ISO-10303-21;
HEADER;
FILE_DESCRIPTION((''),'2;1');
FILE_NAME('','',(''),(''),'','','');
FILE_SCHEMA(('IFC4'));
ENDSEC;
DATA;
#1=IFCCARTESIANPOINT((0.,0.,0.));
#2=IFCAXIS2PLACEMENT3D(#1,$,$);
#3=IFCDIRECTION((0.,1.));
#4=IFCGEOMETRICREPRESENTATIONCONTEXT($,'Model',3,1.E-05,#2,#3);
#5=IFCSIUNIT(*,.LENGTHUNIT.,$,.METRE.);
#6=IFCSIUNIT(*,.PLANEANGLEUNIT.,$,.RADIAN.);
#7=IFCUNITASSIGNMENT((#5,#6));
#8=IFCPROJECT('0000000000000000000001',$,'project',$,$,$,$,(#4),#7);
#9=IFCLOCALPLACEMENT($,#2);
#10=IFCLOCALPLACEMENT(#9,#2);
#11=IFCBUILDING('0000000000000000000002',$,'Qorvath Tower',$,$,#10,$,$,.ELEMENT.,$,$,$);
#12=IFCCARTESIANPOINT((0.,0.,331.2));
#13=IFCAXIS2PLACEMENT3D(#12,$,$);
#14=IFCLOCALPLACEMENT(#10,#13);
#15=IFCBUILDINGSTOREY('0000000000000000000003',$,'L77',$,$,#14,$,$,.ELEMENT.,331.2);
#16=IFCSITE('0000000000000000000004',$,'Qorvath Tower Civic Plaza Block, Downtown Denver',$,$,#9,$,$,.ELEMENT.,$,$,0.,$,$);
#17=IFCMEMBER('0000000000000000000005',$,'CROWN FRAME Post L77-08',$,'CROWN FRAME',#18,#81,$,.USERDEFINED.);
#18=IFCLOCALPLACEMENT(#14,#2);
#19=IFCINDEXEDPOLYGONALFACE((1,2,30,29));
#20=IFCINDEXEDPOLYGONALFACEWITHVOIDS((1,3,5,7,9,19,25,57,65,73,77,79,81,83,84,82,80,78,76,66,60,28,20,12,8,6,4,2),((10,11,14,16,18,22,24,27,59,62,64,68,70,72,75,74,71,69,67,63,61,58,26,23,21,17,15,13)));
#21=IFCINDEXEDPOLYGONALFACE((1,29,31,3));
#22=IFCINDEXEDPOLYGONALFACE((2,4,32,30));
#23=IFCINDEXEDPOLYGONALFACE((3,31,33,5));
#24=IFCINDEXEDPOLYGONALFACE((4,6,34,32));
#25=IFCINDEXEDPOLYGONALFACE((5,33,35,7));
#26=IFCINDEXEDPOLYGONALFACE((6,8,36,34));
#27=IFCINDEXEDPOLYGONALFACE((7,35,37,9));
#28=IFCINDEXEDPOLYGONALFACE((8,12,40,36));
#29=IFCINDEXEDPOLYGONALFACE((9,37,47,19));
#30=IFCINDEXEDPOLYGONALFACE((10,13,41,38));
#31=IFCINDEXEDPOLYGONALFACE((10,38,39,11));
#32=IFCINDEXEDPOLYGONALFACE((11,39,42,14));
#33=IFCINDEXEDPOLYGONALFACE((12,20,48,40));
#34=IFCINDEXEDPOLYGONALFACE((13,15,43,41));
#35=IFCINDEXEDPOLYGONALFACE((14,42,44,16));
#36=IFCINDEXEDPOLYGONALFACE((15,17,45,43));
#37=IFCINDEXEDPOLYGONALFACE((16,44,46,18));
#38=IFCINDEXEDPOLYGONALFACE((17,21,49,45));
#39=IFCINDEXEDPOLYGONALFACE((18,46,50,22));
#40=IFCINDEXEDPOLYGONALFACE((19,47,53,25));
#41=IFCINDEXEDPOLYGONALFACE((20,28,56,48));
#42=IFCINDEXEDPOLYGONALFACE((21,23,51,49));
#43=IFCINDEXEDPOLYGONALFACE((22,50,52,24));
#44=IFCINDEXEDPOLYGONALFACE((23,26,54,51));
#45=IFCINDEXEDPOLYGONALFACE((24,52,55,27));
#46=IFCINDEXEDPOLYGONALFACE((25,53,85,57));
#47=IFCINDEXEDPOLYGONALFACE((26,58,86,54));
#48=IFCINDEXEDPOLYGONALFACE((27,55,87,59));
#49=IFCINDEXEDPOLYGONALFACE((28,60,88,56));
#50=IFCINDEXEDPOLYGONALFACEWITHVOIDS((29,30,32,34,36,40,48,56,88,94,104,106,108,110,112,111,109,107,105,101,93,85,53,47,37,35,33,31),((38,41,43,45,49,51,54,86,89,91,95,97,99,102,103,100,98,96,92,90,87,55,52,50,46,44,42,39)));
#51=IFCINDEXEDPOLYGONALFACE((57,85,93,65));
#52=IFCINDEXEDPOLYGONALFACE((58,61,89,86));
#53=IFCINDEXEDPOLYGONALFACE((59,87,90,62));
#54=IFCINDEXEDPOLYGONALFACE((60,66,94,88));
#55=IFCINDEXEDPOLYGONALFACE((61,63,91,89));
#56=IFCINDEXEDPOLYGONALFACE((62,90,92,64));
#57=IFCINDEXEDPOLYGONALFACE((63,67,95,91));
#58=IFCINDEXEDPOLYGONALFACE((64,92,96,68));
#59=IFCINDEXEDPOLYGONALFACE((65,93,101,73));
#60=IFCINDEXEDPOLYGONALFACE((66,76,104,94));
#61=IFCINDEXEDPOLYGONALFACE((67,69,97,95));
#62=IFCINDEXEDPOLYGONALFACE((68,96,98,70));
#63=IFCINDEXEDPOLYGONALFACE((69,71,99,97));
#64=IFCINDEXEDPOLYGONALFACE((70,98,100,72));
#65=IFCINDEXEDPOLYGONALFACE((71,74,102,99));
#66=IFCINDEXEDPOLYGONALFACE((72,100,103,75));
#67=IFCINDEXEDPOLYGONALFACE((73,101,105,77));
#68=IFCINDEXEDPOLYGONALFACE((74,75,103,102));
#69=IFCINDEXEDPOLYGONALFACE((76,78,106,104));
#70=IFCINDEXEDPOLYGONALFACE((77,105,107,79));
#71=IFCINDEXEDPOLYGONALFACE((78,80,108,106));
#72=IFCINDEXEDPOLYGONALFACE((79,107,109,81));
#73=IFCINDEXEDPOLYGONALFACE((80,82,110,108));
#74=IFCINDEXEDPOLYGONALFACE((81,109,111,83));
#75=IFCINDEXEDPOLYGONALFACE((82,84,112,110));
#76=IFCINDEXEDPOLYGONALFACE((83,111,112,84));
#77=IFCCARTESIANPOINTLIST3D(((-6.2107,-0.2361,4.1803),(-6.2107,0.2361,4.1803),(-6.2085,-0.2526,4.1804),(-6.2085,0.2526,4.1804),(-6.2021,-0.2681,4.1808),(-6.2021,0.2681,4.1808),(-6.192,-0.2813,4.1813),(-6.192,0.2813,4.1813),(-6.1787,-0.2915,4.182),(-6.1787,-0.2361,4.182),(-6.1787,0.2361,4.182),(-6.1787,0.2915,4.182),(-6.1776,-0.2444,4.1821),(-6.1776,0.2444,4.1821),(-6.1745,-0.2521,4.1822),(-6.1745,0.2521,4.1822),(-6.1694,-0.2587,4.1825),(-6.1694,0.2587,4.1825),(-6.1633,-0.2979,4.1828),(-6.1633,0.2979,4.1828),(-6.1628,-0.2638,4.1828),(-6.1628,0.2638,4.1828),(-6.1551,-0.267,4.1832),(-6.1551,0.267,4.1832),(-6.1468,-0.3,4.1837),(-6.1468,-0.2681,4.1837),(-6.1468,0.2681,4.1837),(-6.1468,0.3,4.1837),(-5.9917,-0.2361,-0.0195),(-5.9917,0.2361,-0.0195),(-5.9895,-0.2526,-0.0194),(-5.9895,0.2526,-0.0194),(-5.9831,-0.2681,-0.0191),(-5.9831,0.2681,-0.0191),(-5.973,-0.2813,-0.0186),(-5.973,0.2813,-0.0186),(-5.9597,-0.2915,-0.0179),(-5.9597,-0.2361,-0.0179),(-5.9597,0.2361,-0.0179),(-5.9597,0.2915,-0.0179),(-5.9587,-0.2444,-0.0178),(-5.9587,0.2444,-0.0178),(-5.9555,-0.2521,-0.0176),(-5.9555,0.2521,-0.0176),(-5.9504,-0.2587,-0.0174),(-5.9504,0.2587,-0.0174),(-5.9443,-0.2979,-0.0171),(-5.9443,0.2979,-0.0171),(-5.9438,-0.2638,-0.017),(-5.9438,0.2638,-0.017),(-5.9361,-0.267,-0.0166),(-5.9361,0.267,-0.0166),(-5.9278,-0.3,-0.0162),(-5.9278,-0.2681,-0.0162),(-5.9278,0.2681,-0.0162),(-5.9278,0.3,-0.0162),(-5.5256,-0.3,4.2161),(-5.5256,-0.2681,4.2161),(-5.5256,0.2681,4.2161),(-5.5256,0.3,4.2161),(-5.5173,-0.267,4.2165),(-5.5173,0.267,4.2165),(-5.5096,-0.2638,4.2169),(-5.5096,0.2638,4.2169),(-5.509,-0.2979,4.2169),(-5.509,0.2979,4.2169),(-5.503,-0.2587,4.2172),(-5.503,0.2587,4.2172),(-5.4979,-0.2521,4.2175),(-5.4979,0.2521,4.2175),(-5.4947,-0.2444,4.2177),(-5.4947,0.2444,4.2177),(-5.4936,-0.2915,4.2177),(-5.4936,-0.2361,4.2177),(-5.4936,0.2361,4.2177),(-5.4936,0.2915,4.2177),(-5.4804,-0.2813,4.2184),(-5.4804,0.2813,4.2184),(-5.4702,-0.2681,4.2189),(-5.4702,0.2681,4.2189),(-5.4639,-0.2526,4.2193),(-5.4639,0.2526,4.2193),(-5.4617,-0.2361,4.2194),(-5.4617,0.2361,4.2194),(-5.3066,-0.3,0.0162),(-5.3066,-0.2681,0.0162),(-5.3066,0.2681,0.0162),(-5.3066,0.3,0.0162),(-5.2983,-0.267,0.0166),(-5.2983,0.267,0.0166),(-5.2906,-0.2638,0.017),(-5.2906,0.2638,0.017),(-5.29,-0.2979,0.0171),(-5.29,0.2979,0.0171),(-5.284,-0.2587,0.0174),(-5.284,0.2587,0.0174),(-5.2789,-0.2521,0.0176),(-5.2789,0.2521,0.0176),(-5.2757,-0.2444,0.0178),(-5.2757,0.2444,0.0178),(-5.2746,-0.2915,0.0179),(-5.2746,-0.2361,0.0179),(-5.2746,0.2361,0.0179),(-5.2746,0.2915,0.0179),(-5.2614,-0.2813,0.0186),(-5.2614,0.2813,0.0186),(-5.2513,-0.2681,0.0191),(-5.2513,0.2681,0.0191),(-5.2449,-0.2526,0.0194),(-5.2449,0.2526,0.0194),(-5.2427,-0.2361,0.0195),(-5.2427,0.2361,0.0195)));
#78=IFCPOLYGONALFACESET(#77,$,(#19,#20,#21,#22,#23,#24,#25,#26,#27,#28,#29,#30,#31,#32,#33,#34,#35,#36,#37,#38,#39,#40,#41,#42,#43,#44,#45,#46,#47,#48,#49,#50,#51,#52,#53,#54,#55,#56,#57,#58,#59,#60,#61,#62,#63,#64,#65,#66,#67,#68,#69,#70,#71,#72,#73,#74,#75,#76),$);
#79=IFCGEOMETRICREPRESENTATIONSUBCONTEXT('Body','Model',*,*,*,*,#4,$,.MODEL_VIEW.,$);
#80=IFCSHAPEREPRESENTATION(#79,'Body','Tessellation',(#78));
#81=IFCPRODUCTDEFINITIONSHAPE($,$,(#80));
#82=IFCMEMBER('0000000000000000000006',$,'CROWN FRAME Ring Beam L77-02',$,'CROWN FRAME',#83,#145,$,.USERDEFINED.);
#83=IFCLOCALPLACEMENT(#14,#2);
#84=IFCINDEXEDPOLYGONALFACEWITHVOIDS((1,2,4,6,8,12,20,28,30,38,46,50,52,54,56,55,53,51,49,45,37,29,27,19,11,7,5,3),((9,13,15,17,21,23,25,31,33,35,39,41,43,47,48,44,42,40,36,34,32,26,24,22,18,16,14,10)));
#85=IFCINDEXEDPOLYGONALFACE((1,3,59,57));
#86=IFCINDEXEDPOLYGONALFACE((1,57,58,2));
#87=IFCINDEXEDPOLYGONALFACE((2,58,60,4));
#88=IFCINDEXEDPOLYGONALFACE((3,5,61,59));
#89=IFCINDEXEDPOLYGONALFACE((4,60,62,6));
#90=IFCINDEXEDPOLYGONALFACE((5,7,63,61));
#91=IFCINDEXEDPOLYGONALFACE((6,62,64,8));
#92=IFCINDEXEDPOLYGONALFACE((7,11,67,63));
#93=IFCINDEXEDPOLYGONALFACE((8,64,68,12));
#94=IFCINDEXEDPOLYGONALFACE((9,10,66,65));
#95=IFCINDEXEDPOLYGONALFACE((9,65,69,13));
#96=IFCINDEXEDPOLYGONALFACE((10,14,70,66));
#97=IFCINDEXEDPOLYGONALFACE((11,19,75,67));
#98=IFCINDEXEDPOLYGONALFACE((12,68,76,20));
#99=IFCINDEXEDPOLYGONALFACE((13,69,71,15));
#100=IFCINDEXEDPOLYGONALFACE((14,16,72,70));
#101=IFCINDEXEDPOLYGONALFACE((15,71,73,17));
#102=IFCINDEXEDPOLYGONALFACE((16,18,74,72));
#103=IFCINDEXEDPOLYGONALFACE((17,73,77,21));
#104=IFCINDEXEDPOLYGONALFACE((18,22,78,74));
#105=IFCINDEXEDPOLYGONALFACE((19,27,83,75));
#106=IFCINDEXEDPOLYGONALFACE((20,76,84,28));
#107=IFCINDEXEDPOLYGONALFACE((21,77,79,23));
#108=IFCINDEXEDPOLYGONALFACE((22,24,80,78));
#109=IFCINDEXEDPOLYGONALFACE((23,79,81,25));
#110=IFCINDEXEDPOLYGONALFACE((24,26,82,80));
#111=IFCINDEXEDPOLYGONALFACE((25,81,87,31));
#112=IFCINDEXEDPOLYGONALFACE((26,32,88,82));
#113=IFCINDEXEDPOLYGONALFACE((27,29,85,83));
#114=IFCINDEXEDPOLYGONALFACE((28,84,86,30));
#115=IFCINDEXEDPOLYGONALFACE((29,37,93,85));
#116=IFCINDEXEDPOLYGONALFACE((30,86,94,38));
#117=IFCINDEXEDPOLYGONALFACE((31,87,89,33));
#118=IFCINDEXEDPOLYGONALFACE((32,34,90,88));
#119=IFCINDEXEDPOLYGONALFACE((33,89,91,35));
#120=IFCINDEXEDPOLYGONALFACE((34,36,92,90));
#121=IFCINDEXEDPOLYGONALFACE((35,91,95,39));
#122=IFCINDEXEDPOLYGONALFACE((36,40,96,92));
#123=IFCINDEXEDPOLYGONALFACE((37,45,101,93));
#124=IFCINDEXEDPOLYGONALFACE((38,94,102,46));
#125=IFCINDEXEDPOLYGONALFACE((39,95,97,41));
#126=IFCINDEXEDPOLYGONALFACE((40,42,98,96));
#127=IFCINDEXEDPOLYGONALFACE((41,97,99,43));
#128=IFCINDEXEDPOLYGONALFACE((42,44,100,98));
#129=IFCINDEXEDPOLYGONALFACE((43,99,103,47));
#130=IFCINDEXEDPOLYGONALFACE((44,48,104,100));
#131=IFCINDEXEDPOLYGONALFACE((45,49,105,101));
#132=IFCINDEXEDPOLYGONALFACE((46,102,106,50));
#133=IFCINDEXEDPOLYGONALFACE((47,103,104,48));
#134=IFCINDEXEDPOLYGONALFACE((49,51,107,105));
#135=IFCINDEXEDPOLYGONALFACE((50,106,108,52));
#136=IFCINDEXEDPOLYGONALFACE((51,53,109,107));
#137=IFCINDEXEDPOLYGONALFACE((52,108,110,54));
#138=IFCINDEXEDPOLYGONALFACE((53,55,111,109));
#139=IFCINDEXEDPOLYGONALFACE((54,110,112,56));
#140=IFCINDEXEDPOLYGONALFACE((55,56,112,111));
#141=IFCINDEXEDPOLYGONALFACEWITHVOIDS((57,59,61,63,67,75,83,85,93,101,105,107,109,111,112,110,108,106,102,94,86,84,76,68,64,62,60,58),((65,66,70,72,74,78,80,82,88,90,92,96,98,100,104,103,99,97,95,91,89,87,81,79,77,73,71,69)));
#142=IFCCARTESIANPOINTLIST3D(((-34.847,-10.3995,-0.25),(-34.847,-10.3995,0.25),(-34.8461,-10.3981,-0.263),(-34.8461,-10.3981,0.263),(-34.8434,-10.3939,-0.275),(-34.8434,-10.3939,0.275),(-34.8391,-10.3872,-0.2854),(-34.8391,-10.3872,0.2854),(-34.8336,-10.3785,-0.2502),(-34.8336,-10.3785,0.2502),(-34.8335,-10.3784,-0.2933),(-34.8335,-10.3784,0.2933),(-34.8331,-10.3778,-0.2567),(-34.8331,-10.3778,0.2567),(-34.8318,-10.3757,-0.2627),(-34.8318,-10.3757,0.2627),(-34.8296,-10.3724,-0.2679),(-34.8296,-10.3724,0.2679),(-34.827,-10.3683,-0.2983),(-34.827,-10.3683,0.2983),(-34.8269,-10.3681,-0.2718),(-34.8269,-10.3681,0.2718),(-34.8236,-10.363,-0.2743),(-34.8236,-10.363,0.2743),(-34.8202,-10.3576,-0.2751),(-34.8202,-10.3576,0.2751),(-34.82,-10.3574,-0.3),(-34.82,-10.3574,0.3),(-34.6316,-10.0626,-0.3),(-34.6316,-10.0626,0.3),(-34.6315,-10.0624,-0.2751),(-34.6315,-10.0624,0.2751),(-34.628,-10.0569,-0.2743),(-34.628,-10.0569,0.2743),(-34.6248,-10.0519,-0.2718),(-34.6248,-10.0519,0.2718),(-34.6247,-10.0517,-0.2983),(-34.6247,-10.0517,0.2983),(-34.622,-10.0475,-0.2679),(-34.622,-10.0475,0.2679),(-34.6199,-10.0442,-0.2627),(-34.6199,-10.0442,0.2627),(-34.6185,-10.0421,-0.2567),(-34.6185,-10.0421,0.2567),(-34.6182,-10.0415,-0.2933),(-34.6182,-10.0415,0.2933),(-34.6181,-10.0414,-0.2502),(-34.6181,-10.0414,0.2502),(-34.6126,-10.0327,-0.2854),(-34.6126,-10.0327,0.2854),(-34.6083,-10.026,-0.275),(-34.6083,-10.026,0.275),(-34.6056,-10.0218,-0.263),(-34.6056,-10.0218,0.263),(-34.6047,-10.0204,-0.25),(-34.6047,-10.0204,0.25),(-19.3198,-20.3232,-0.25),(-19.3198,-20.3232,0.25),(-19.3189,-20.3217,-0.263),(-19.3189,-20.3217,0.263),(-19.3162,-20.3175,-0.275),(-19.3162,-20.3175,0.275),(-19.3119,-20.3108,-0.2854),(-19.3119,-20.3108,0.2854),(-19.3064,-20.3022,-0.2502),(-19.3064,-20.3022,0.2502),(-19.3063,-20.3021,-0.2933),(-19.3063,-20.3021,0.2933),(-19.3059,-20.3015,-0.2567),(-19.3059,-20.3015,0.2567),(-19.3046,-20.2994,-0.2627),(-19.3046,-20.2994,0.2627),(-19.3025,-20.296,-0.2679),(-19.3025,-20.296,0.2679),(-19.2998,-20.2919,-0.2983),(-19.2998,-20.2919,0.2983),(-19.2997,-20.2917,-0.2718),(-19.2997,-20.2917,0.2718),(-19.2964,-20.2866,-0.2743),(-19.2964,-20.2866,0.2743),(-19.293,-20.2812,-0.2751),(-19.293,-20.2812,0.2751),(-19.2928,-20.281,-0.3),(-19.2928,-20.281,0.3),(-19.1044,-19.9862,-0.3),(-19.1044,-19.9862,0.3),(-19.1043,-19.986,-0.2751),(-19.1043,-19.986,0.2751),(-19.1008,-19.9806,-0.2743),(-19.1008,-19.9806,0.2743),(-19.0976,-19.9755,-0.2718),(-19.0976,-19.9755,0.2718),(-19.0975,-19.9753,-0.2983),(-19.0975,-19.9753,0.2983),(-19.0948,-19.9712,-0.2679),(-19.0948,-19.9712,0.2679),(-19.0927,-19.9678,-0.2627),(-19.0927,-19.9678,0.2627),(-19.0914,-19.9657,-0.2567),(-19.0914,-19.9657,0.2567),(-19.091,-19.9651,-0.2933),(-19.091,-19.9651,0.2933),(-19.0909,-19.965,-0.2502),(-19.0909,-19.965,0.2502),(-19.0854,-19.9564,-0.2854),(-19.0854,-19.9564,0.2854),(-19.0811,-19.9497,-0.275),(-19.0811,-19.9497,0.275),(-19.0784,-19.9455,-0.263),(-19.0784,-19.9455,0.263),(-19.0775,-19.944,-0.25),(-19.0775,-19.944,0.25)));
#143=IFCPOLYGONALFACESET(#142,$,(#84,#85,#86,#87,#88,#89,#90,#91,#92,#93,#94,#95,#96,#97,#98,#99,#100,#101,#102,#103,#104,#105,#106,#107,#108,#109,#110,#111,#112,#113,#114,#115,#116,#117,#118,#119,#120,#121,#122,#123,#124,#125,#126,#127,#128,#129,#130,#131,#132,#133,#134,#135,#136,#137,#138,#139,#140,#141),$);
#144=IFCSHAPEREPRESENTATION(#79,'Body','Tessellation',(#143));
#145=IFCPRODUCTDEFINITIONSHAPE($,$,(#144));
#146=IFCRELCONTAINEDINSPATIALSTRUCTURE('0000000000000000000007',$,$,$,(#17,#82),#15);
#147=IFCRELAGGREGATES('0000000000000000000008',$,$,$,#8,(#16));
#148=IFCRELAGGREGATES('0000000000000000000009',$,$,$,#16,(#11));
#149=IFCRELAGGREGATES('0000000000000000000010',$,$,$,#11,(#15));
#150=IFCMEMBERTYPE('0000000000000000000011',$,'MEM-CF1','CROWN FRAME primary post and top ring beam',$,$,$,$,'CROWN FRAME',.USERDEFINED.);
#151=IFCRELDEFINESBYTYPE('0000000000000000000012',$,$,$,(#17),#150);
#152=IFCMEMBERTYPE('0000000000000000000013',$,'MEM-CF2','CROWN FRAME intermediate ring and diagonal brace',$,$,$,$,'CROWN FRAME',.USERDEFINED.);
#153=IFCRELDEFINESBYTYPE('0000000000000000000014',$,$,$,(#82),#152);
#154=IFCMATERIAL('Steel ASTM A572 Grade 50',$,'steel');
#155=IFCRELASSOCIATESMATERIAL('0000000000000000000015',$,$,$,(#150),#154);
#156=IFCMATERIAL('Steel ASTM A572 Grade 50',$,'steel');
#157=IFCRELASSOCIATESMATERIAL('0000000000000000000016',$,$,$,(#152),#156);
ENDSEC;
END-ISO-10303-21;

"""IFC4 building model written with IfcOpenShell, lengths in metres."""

from ifc_helpers import new_model, si_unit, direction, frame, origin, origin_2d, place, context, subcontext, project, spatial, hollow_rectangle, extrude, material, material_profile, profile_set, type_object, element, save


model = new_model("IFC4")

# Units and contexts
model_context = context("Model", 3, precision=1e-05, world=origin(), true_north=direction((0.0, 1.0)))
body_context = subcontext(model_context, "Body", "Model", "MODEL_VIEW")
ifc_project = project(units=[si_unit("LENGTHUNIT", "METRE"), si_unit("PLANEANGLEUNIT", "RADIAN")], contexts=[model_context])

# Site, building, storey
site_placement = place(None, origin())
site = spatial("IfcSite", under=ifc_project, at=site_placement, Name="Qorvath Tower Civic Plaza Block, Downtown Denver", CompositionType="ELEMENT", RefElevation=0.0)
building_placement = place(site_placement, origin())
building = spatial("IfcBuilding", under=site, at=building_placement, Name="Qorvath Tower", CompositionType="ELEMENT")
storey_placement = place(building_placement, frame((0.0, 0.0, 331.2)))
storey = spatial("IfcBuildingStorey", under=building, at=storey_placement, Name="L77", CompositionType="ELEMENT", Elevation=331.2)

# Members
ifc_material_1 = material(Name="Steel ASTM A572 Grade 50", Category="steel")
ifc_material_profile_1 = material_profile(ifc_material_1, hollow_rectangle(XDim=0.6001, YDim=0.75, WallThickness=0.032, InnerFilletRadius=0.032, OuterFilletRadius=0.064, at=origin_2d()), Name="CROWN BOX 750x600x32")
ifc_profile_set_1 = profile_set([ifc_material_profile_1], Name="Steel ASTM A572 Grade 50")
member_type_1 = type_object("IfcMemberType", Name="MEM-CF1", Description="CROWN FRAME primary post and top ring beam", ElementType="CROWN FRAME", PredefinedType="USERDEFINED", material=ifc_profile_set_1)
member_1_placement = place(storey_placement, frame((-5.6172, 0.0, 0.0), z_axis=(-0.052071, 0.0, 0.998643), x_axis=(0.0, -1.0, 0.0)))
element("IfcMember", 1, at=member_1_placement, inside=storey, type_object=member_type_1, Name="CROWN FRAME Post L77-08", ObjectType="CROWN FRAME", PredefinedType="USERDEFINED", context=body_context, shape_type="SweptSolid", body=[
    extrude(hollow_rectangle(XDim=0.6001, YDim=0.75, WallThickness=0.032, InnerFilletRadius=0.032, OuterFilletRadius=0.064, at=origin_2d()), origin(), (0.0, 0.0, 1.0), 4.2056),
])
ifc_material_2 = material(Name="Steel ASTM A572 Grade 50", Category="steel")
ifc_material_profile_2 = material_profile(ifc_material_2, hollow_rectangle(XDim=0.45, YDim=0.6001, WallThickness=0.0249, InnerFilletRadius=0.0249, OuterFilletRadius=0.05, at=origin_2d()), Name="CROWN BOX 600x450x25")
ifc_profile_set_2 = profile_set([ifc_material_profile_2], Name="Steel ASTM A572 Grade 50")
member_type_2 = type_object("IfcMemberType", Name="MEM-CF2", Description="CROWN FRAME intermediate ring and diagonal brace", ElementType="CROWN FRAME", PredefinedType="USERDEFINED", material=ifc_profile_set_2)
member_2_placement = place(storey_placement, frame((-34.7258, -10.21, 0.0), z_axis=(0.84261, -0.538524, 0.0), x_axis=(0.538524, 0.84261, 0.0)))
element("IfcMember", 2, at=member_2_placement, inside=storey, type_object=member_type_2, Name="CROWN FRAME Ring Beam L77-02", ObjectType="CROWN FRAME", PredefinedType="USERDEFINED", context=body_context, shape_type="SweptSolid", body=[
    extrude(hollow_rectangle(XDim=0.45, YDim=0.6001, WallThickness=0.0249, InnerFilletRadius=0.0249, OuterFilletRadius=0.05, at=origin_2d()), origin(), (0.0, 0.0, 1.0), 18.4275),
])

save(model, "model.ifc")
